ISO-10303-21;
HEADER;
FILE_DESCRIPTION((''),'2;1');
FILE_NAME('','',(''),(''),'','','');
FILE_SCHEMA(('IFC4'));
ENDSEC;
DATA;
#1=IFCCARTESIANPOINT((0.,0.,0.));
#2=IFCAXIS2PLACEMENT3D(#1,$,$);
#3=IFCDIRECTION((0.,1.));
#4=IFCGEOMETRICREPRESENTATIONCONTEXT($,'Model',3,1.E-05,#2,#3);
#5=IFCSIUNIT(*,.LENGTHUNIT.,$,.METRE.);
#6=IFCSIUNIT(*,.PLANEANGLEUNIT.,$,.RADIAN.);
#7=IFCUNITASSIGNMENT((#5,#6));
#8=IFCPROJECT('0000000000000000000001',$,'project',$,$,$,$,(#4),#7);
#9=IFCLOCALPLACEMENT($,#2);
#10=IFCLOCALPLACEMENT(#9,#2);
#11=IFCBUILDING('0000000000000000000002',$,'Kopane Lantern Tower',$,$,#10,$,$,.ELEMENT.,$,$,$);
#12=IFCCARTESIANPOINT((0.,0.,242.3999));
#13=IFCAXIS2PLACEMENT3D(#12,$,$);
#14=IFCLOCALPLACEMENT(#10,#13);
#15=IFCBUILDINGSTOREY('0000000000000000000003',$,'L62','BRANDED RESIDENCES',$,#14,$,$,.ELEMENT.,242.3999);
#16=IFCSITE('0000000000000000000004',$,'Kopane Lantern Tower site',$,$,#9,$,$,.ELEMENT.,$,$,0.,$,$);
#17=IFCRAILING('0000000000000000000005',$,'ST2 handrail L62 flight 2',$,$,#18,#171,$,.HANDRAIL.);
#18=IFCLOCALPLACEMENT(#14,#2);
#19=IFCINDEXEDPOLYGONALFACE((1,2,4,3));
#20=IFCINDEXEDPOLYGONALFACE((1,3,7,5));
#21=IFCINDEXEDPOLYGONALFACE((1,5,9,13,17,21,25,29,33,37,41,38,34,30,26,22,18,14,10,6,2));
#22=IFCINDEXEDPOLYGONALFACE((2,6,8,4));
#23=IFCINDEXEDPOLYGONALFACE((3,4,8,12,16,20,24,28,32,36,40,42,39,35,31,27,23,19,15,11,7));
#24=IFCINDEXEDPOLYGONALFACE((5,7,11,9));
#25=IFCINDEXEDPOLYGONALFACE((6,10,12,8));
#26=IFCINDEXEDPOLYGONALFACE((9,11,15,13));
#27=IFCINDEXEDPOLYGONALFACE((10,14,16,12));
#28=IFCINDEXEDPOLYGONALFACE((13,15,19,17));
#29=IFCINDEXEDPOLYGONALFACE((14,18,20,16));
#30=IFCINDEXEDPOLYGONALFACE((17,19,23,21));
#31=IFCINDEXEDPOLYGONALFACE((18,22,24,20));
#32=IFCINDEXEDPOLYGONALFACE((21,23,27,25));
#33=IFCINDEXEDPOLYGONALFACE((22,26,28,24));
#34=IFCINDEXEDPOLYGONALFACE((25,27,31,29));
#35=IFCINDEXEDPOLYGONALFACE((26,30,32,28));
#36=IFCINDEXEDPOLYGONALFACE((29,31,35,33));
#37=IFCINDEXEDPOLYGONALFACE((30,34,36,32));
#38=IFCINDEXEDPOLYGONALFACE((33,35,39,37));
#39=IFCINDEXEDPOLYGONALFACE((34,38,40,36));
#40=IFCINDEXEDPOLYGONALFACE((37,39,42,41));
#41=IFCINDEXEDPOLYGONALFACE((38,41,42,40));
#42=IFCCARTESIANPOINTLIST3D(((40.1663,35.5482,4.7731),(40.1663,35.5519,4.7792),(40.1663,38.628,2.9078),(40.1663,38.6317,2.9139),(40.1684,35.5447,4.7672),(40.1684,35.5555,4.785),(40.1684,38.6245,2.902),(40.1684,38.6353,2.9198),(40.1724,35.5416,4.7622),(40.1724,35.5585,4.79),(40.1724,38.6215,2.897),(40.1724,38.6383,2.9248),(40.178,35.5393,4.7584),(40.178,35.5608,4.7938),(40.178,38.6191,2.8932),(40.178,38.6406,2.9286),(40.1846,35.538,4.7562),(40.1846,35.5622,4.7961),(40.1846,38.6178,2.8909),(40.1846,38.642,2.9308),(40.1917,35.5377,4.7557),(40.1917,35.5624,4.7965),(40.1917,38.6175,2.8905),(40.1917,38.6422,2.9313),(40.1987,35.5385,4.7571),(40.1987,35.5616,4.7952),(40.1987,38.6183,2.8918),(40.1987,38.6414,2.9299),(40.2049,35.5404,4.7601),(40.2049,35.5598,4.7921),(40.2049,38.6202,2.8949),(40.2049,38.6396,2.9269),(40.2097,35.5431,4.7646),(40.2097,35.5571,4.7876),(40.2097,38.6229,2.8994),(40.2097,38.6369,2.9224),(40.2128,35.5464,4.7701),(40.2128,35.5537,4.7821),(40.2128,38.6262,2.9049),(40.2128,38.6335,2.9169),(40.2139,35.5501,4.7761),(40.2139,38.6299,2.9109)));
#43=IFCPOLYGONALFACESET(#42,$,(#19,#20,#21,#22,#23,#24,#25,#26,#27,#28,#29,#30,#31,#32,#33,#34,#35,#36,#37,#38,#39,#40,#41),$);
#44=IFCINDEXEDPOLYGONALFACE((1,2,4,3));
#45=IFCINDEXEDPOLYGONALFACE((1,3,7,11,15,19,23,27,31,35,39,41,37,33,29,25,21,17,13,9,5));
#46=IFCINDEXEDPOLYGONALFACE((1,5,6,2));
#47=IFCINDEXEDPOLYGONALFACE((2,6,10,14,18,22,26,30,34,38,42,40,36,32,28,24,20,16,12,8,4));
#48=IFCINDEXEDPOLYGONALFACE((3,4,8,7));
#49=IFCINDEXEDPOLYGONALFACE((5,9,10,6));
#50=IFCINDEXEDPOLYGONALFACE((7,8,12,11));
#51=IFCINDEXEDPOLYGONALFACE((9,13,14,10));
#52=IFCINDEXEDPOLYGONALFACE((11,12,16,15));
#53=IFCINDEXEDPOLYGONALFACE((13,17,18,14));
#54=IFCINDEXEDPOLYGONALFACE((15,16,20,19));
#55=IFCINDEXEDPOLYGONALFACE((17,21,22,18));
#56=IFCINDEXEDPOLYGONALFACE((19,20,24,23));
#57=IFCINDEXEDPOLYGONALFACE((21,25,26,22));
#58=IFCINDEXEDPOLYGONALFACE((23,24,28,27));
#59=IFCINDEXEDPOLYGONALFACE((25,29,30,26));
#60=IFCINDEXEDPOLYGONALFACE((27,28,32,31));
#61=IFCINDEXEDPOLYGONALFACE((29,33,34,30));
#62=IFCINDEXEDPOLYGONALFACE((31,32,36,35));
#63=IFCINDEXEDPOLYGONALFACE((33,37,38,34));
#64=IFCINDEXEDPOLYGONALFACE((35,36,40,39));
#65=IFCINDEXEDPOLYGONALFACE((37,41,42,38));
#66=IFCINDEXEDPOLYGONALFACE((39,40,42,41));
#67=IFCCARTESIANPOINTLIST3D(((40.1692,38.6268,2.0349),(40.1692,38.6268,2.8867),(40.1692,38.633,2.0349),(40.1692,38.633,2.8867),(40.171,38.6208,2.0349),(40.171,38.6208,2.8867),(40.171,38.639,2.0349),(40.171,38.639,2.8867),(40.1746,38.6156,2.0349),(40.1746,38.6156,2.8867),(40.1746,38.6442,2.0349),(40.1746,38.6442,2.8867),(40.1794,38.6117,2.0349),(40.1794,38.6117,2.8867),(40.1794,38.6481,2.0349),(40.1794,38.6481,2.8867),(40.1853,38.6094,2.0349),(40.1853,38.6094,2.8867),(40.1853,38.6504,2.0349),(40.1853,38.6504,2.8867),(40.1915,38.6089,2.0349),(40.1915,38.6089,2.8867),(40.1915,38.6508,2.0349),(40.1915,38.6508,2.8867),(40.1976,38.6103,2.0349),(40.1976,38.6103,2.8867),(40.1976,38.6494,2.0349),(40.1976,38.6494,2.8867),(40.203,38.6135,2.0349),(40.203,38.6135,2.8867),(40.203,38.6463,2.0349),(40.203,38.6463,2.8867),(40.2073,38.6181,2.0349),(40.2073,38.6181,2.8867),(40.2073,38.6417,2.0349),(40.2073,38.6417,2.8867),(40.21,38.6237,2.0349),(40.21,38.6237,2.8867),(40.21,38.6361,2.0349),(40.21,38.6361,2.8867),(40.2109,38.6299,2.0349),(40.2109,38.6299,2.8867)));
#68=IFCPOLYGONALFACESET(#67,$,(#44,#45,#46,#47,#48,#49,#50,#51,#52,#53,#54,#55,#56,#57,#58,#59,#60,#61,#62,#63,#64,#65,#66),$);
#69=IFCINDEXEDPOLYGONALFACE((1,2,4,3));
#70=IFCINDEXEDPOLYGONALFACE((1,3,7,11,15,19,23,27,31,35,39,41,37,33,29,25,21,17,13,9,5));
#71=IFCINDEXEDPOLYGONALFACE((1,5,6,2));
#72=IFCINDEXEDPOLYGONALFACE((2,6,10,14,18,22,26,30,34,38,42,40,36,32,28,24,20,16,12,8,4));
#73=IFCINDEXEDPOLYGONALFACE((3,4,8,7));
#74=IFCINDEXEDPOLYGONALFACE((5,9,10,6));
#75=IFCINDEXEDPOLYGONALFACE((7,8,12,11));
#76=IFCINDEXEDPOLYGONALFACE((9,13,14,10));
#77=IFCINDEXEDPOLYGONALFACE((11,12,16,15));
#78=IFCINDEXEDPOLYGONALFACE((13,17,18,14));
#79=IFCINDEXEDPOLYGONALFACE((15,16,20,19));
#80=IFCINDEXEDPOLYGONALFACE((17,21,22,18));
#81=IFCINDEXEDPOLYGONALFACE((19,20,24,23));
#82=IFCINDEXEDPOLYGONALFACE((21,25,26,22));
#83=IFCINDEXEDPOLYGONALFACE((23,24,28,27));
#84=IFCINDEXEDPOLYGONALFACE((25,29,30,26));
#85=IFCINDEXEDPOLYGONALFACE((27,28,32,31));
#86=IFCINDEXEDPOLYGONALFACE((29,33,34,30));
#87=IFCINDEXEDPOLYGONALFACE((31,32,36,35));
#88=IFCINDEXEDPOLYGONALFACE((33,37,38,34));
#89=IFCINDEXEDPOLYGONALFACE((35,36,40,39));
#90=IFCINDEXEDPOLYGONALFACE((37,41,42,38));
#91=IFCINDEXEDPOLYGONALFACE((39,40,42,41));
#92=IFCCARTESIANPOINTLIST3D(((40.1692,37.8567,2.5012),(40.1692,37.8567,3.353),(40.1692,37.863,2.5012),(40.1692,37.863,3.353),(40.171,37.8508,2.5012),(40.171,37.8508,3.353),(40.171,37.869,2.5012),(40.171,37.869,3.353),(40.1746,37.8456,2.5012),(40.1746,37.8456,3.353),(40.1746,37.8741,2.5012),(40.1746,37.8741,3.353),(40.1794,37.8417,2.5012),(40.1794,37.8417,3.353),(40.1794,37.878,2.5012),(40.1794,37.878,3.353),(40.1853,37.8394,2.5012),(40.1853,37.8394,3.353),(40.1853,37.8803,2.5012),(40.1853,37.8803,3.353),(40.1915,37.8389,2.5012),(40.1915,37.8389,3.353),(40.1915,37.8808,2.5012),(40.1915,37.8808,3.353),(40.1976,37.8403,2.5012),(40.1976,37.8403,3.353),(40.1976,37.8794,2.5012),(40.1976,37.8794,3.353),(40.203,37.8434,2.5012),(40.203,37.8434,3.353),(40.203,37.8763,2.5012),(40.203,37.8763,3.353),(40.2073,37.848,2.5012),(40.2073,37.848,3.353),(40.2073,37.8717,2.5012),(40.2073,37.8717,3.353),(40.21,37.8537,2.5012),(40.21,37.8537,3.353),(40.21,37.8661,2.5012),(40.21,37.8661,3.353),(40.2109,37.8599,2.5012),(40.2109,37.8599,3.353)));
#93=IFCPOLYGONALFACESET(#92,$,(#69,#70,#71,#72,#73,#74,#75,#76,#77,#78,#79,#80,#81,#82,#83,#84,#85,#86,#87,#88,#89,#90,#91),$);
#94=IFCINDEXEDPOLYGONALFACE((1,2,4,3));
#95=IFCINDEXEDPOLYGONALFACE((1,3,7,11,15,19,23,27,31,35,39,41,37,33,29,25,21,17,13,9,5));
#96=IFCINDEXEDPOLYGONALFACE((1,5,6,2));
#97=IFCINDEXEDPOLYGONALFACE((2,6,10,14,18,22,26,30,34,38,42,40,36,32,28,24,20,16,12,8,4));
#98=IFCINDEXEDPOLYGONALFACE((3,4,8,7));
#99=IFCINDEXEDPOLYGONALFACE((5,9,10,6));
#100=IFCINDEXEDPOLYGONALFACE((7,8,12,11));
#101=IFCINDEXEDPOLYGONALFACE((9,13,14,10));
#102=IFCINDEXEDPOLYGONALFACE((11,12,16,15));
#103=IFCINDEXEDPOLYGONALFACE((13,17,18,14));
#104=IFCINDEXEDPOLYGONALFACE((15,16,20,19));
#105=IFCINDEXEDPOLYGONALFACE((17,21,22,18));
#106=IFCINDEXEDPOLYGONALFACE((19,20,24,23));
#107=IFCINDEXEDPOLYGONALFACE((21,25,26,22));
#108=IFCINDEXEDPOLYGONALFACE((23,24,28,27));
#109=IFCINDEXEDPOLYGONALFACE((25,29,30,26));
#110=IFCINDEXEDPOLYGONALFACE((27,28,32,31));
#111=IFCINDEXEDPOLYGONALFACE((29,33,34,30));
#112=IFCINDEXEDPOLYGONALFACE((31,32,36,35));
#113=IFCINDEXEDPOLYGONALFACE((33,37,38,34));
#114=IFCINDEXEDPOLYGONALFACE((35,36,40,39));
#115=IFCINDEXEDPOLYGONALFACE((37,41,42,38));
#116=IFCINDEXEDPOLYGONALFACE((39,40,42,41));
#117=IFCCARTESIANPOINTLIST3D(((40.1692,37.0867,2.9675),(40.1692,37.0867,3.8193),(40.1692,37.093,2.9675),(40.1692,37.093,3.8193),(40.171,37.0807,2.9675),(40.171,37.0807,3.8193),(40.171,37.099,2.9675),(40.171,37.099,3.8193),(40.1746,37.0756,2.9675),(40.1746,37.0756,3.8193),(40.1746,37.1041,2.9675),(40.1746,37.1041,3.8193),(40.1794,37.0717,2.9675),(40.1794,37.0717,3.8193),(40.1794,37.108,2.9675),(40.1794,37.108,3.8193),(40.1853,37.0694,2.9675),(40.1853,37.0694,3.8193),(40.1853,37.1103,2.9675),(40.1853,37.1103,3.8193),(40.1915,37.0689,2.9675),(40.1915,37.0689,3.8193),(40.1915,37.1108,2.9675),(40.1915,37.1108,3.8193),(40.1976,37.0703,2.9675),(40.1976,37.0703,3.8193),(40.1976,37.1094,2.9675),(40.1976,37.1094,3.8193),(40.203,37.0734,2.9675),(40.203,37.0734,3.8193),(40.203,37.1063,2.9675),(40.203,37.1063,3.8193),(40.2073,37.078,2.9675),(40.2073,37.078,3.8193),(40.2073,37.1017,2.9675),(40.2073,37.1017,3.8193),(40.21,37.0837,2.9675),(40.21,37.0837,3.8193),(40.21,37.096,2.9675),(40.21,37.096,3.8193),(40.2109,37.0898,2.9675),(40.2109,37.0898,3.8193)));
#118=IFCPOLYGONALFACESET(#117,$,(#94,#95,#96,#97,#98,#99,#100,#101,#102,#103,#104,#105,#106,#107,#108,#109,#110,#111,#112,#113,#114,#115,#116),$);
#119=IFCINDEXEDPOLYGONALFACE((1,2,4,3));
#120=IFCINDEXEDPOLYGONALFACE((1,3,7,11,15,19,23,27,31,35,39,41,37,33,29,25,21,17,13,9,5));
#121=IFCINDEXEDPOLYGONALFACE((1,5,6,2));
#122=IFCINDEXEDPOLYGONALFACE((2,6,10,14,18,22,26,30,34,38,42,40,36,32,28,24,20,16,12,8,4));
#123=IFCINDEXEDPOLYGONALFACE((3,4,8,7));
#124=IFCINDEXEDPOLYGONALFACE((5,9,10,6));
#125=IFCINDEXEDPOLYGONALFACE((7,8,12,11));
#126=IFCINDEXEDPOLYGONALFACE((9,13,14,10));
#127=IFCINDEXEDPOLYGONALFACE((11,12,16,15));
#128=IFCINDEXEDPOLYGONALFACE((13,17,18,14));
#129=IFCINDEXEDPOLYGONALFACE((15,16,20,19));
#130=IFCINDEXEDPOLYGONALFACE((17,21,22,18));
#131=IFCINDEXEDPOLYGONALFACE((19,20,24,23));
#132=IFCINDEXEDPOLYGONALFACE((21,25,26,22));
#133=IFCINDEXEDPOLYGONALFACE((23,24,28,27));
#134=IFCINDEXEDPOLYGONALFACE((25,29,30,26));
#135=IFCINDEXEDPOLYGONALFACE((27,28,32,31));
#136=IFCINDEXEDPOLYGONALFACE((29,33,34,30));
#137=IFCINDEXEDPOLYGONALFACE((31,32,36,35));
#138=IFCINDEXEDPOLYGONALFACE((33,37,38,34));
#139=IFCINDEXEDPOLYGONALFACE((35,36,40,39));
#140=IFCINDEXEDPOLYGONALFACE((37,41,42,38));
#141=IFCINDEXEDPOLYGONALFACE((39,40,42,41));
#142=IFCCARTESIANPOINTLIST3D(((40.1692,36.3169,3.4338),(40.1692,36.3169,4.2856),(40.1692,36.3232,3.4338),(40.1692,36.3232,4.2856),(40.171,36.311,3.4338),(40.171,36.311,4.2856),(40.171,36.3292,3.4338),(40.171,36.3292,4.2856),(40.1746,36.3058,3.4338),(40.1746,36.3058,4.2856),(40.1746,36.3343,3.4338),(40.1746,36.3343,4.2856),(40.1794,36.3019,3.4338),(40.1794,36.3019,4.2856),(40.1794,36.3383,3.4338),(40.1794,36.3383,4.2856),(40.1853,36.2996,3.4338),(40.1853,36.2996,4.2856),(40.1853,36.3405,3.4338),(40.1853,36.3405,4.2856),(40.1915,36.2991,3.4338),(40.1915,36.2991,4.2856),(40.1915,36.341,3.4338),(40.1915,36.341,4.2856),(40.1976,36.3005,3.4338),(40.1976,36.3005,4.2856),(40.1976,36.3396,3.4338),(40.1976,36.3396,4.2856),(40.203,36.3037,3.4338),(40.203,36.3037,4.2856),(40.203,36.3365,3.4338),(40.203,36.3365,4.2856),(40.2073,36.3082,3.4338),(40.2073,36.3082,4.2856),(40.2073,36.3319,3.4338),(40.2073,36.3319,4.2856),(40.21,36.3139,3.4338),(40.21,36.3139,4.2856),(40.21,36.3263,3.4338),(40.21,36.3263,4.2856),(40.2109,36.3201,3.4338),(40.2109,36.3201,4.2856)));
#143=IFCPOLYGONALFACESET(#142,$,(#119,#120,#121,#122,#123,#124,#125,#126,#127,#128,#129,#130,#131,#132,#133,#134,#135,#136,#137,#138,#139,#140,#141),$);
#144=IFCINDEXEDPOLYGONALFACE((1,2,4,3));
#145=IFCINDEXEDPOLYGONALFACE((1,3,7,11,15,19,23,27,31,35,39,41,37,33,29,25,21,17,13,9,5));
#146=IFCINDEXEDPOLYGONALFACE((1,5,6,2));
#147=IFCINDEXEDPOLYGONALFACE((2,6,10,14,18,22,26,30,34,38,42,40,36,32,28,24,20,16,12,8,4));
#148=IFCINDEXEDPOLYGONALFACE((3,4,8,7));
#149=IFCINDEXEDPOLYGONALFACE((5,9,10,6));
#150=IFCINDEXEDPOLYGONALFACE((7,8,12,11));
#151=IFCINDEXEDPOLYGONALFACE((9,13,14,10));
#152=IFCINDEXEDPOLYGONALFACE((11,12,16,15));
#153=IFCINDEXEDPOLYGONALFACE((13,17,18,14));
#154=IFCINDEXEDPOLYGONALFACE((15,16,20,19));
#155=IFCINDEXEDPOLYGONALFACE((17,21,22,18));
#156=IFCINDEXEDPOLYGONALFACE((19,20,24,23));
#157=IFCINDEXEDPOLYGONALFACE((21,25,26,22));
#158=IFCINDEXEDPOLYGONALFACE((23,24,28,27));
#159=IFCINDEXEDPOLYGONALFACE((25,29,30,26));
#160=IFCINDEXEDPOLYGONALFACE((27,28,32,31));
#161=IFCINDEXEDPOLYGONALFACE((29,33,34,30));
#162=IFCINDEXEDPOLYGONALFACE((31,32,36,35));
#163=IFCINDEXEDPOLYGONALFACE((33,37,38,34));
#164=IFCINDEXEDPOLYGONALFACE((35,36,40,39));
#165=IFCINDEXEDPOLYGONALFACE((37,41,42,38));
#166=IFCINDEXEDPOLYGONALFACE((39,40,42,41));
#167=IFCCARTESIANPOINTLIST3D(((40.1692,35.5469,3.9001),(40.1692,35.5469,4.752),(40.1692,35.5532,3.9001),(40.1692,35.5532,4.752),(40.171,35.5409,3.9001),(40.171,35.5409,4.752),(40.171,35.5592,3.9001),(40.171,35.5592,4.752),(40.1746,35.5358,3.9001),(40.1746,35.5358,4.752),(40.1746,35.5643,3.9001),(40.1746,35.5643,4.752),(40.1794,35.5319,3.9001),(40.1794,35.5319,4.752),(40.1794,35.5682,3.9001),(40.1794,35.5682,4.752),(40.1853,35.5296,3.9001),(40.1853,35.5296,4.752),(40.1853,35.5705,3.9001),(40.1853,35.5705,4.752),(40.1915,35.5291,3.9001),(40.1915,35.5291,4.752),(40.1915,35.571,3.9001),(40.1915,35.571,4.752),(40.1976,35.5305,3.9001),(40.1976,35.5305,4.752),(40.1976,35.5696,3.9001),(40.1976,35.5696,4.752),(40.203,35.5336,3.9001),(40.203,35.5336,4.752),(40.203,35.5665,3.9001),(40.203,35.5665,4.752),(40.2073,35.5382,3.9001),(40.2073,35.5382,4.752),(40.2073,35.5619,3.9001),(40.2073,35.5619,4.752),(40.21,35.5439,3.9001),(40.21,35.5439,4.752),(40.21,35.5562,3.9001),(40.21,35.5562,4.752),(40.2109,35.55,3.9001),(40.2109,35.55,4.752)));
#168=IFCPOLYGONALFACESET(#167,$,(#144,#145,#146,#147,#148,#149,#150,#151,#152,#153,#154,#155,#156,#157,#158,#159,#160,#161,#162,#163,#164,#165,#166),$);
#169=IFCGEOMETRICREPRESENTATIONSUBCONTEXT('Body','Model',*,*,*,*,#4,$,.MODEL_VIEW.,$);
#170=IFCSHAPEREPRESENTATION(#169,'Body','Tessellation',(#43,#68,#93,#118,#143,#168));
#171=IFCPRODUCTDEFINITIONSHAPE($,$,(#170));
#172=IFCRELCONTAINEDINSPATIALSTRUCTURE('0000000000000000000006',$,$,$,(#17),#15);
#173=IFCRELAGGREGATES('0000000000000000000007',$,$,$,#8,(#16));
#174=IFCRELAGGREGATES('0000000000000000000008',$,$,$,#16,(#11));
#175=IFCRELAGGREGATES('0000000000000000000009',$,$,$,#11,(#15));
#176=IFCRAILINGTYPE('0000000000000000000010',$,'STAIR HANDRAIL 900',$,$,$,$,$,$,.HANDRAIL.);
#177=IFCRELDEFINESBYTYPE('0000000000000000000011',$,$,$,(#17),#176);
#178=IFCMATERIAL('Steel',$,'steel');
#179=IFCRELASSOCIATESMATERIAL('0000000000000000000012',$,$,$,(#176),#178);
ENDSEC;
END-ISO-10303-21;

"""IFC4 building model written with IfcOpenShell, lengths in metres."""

from ifc_helpers import new_model, si_unit, direction, frame, origin, origin_2d, place, context, subcontext, project, spatial, circle, extrude, material, type_object, element, save


model = new_model("IFC4")

# Units and contexts
model_context = context("Model", 3, precision=1e-05, world=origin(), true_north=direction((0.0, 1.0)))
body_context = subcontext(model_context, "Body", "Model", "MODEL_VIEW")
ifc_project = project(units=[si_unit("LENGTHUNIT", "METRE"), si_unit("PLANEANGLEUNIT", "RADIAN")], contexts=[model_context])

# Site, building, storey
site_placement = place(None, origin())
site = spatial("IfcSite", under=ifc_project, at=site_placement, Name="Kopane Lantern Tower site", CompositionType="ELEMENT", RefElevation=0.0)
building_placement = place(site_placement, origin())
building = spatial("IfcBuilding", under=site, at=building_placement, Name="Kopane Lantern Tower", CompositionType="ELEMENT")
storey_placement = place(building_placement, frame((0.0, 0.0, 242.3999)))
storey = spatial("IfcBuildingStorey", under=building, at=storey_placement, Name="L62", Description="BRANDED RESIDENCES", CompositionType="ELEMENT", Elevation=242.3999)

# Railing
ifc_material_1 = material(Name="Steel", Category="steel")
railing_type_1 = type_object("IfcRailingType", Name="STAIR HANDRAIL 900", PredefinedType="HANDRAIL", material=ifc_material_1)
for number, where, name in (
    (1, (40.1899, 38.6299, 2.0349), "ST2 handrail L62 flight 2"),
):
    element("IfcRailing", number, at=place(storey_placement, frame(where)), inside=storey, type_object=railing_type_1, Name=name, PredefinedType="HANDRAIL", context=body_context, shape_type="SweptSolid", body=[
        extrude(circle(Radius=0.0239, at=origin_2d()), frame((0.0, 0.0, 0.876), z_axis=(0.0, -0.855362, 0.518031), x_axis=(1.0, 0.0, 0.0)), (0.0, 0.0, 1.0), 3.6006),
        extrude(circle(Radius=0.021, at=origin_2d()), origin(), (0.0, 0.0, 1.0), 0.8518),
        extrude(circle(Radius=0.021, at=origin_2d()), frame((0.0, -0.77, 0.4663)), (0.0, 0.0, 1.0), 0.8518),
        extrude(circle(Radius=0.021, at=origin_2d()), frame((0.0, -1.54, 0.9326)), (0.0, 0.0, 1.0), 0.8518),
        extrude(circle(Radius=0.021, at=origin_2d()), frame((0.0, -2.3098, 1.3989)), (0.0, 0.0, 1.0), 0.8518),
        extrude(circle(Radius=0.021, at=origin_2d()), frame((0.0, -3.0798, 1.8652)), (0.0, 0.0, 1.0), 0.8518),
    ])

save(model, "model.ifc")
